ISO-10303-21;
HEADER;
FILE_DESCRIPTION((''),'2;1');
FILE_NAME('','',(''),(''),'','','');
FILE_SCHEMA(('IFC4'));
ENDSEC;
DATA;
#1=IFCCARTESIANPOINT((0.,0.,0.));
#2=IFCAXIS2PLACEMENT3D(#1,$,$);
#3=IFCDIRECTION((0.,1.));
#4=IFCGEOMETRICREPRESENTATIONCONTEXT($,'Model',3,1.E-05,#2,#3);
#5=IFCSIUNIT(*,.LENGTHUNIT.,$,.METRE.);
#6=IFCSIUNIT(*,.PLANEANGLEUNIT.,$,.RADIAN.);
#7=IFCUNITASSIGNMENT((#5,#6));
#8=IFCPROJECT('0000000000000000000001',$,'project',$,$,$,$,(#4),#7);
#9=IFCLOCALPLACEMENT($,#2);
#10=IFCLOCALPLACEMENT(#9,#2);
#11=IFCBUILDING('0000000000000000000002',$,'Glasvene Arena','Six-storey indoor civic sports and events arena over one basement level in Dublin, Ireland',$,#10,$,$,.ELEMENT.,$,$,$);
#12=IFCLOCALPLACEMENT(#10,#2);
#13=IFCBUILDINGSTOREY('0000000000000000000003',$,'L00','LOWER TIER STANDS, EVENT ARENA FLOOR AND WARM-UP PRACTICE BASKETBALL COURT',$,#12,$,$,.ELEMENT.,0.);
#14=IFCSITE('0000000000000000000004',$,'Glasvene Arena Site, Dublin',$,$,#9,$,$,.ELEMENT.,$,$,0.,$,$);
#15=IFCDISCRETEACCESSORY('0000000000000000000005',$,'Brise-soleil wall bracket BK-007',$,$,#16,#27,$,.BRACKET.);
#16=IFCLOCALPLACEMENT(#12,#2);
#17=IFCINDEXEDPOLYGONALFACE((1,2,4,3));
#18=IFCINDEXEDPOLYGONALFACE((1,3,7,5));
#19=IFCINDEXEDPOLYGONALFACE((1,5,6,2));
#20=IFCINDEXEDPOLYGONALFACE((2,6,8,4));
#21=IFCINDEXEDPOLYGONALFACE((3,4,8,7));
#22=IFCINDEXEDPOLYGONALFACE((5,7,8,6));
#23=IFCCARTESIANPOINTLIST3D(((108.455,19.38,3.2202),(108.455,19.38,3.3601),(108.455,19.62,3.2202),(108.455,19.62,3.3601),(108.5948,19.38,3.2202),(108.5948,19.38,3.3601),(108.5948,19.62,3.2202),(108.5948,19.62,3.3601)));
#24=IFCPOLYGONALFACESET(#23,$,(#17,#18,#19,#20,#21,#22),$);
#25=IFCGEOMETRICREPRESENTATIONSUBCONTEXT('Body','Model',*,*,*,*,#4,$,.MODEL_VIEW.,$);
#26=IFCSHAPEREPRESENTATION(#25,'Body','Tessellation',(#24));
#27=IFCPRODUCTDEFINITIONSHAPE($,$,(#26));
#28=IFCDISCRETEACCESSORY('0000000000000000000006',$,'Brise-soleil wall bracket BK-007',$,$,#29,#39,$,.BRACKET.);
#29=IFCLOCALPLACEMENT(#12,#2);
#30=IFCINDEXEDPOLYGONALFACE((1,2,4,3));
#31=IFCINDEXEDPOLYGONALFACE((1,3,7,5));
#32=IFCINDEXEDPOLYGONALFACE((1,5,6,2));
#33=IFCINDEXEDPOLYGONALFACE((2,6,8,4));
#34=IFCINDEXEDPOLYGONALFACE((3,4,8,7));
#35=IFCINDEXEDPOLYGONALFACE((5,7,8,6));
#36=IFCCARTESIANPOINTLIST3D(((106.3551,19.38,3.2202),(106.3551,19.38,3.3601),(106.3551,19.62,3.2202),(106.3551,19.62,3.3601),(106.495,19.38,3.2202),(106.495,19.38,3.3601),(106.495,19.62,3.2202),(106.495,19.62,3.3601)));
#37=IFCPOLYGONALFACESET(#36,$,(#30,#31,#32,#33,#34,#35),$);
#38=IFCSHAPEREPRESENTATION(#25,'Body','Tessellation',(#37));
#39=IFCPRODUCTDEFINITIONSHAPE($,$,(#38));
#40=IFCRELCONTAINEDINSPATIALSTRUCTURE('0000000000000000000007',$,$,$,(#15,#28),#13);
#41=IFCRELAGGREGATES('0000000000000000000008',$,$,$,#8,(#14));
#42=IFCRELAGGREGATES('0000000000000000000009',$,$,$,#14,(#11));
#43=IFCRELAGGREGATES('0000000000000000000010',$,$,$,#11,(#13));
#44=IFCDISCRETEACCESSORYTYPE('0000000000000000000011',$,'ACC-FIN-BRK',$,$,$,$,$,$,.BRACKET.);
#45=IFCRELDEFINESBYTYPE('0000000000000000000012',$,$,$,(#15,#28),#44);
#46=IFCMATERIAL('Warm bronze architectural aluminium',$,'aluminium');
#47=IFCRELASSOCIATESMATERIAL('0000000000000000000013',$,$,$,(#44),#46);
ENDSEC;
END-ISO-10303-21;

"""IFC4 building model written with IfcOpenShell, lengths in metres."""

from ifc_helpers import new_model, si_unit, direction, frame, origin, origin_2d, place, context, subcontext, project, spatial, rectangle, extrude, material, type_object, element, save


model = new_model("IFC4")

# Units and contexts
model_context = context("Model", 3, precision=1e-05, world=origin(), true_north=direction((0.0, 1.0)))
body_context = subcontext(model_context, "Body", "Model", "MODEL_VIEW")
ifc_project = project(units=[si_unit("LENGTHUNIT", "METRE"), si_unit("PLANEANGLEUNIT", "RADIAN")], contexts=[model_context])

# Site, building, storey
site_placement = place(None, origin())
site = spatial("IfcSite", under=ifc_project, at=site_placement, Name="Glasvene Arena Site, Dublin", CompositionType="ELEMENT", RefElevation=0.0)
building_placement = place(site_placement, origin())
building = spatial("IfcBuilding", under=site, at=building_placement, Name="Glasvene Arena", Description="Six-storey indoor civic sports and events arena over one basement level in Dublin, Ireland", CompositionType="ELEMENT")
storey_placement = place(building_placement, origin())
storey = spatial("IfcBuildingStorey", under=building, at=storey_placement, Name="L00", Description="LOWER TIER STANDS, EVENT ARENA FLOOR AND WARM-UP PRACTICE BASKETBALL COURT", CompositionType="ELEMENT", Elevation=0.0)

# Shared definitions
ifc_material_1 = material(Name="Warm bronze architectural aluminium", Category="aluminium")

# Discrete accessories
discrete_accessory_type = type_object("IfcDiscreteAccessoryType", Name="ACC-FIN-BRK", PredefinedType="BRACKET", material=ifc_material_1)
for number, where, z_axis, x_axis, name in (
    (1, (108.5249, 19.5, 3.2202), (0.0, 0.0, 1.0), (-1.0, 0.0, 0.0), "Brise-soleil wall bracket BK-007"),
    (2, (106.425, 19.5, 3.2202), (0.0, 0.0, 1.0), (-1.0, 0.0, 0.0), "Brise-soleil wall bracket BK-007"),
):
    element("IfcDiscreteAccessory", number, at=place(storey_placement, frame(where, z_axis=z_axis, x_axis=x_axis)), inside=storey, type_object=discrete_accessory_type, Name=name, PredefinedType="BRACKET", context=body_context, shape_type="SweptSolid", body=[
        extrude(rectangle(XDim=0.1399, YDim=0.24, at=origin_2d()), origin(), (0.0, 0.0, 1.0), 0.1399),
    ])

save(model, "model.ifc")
